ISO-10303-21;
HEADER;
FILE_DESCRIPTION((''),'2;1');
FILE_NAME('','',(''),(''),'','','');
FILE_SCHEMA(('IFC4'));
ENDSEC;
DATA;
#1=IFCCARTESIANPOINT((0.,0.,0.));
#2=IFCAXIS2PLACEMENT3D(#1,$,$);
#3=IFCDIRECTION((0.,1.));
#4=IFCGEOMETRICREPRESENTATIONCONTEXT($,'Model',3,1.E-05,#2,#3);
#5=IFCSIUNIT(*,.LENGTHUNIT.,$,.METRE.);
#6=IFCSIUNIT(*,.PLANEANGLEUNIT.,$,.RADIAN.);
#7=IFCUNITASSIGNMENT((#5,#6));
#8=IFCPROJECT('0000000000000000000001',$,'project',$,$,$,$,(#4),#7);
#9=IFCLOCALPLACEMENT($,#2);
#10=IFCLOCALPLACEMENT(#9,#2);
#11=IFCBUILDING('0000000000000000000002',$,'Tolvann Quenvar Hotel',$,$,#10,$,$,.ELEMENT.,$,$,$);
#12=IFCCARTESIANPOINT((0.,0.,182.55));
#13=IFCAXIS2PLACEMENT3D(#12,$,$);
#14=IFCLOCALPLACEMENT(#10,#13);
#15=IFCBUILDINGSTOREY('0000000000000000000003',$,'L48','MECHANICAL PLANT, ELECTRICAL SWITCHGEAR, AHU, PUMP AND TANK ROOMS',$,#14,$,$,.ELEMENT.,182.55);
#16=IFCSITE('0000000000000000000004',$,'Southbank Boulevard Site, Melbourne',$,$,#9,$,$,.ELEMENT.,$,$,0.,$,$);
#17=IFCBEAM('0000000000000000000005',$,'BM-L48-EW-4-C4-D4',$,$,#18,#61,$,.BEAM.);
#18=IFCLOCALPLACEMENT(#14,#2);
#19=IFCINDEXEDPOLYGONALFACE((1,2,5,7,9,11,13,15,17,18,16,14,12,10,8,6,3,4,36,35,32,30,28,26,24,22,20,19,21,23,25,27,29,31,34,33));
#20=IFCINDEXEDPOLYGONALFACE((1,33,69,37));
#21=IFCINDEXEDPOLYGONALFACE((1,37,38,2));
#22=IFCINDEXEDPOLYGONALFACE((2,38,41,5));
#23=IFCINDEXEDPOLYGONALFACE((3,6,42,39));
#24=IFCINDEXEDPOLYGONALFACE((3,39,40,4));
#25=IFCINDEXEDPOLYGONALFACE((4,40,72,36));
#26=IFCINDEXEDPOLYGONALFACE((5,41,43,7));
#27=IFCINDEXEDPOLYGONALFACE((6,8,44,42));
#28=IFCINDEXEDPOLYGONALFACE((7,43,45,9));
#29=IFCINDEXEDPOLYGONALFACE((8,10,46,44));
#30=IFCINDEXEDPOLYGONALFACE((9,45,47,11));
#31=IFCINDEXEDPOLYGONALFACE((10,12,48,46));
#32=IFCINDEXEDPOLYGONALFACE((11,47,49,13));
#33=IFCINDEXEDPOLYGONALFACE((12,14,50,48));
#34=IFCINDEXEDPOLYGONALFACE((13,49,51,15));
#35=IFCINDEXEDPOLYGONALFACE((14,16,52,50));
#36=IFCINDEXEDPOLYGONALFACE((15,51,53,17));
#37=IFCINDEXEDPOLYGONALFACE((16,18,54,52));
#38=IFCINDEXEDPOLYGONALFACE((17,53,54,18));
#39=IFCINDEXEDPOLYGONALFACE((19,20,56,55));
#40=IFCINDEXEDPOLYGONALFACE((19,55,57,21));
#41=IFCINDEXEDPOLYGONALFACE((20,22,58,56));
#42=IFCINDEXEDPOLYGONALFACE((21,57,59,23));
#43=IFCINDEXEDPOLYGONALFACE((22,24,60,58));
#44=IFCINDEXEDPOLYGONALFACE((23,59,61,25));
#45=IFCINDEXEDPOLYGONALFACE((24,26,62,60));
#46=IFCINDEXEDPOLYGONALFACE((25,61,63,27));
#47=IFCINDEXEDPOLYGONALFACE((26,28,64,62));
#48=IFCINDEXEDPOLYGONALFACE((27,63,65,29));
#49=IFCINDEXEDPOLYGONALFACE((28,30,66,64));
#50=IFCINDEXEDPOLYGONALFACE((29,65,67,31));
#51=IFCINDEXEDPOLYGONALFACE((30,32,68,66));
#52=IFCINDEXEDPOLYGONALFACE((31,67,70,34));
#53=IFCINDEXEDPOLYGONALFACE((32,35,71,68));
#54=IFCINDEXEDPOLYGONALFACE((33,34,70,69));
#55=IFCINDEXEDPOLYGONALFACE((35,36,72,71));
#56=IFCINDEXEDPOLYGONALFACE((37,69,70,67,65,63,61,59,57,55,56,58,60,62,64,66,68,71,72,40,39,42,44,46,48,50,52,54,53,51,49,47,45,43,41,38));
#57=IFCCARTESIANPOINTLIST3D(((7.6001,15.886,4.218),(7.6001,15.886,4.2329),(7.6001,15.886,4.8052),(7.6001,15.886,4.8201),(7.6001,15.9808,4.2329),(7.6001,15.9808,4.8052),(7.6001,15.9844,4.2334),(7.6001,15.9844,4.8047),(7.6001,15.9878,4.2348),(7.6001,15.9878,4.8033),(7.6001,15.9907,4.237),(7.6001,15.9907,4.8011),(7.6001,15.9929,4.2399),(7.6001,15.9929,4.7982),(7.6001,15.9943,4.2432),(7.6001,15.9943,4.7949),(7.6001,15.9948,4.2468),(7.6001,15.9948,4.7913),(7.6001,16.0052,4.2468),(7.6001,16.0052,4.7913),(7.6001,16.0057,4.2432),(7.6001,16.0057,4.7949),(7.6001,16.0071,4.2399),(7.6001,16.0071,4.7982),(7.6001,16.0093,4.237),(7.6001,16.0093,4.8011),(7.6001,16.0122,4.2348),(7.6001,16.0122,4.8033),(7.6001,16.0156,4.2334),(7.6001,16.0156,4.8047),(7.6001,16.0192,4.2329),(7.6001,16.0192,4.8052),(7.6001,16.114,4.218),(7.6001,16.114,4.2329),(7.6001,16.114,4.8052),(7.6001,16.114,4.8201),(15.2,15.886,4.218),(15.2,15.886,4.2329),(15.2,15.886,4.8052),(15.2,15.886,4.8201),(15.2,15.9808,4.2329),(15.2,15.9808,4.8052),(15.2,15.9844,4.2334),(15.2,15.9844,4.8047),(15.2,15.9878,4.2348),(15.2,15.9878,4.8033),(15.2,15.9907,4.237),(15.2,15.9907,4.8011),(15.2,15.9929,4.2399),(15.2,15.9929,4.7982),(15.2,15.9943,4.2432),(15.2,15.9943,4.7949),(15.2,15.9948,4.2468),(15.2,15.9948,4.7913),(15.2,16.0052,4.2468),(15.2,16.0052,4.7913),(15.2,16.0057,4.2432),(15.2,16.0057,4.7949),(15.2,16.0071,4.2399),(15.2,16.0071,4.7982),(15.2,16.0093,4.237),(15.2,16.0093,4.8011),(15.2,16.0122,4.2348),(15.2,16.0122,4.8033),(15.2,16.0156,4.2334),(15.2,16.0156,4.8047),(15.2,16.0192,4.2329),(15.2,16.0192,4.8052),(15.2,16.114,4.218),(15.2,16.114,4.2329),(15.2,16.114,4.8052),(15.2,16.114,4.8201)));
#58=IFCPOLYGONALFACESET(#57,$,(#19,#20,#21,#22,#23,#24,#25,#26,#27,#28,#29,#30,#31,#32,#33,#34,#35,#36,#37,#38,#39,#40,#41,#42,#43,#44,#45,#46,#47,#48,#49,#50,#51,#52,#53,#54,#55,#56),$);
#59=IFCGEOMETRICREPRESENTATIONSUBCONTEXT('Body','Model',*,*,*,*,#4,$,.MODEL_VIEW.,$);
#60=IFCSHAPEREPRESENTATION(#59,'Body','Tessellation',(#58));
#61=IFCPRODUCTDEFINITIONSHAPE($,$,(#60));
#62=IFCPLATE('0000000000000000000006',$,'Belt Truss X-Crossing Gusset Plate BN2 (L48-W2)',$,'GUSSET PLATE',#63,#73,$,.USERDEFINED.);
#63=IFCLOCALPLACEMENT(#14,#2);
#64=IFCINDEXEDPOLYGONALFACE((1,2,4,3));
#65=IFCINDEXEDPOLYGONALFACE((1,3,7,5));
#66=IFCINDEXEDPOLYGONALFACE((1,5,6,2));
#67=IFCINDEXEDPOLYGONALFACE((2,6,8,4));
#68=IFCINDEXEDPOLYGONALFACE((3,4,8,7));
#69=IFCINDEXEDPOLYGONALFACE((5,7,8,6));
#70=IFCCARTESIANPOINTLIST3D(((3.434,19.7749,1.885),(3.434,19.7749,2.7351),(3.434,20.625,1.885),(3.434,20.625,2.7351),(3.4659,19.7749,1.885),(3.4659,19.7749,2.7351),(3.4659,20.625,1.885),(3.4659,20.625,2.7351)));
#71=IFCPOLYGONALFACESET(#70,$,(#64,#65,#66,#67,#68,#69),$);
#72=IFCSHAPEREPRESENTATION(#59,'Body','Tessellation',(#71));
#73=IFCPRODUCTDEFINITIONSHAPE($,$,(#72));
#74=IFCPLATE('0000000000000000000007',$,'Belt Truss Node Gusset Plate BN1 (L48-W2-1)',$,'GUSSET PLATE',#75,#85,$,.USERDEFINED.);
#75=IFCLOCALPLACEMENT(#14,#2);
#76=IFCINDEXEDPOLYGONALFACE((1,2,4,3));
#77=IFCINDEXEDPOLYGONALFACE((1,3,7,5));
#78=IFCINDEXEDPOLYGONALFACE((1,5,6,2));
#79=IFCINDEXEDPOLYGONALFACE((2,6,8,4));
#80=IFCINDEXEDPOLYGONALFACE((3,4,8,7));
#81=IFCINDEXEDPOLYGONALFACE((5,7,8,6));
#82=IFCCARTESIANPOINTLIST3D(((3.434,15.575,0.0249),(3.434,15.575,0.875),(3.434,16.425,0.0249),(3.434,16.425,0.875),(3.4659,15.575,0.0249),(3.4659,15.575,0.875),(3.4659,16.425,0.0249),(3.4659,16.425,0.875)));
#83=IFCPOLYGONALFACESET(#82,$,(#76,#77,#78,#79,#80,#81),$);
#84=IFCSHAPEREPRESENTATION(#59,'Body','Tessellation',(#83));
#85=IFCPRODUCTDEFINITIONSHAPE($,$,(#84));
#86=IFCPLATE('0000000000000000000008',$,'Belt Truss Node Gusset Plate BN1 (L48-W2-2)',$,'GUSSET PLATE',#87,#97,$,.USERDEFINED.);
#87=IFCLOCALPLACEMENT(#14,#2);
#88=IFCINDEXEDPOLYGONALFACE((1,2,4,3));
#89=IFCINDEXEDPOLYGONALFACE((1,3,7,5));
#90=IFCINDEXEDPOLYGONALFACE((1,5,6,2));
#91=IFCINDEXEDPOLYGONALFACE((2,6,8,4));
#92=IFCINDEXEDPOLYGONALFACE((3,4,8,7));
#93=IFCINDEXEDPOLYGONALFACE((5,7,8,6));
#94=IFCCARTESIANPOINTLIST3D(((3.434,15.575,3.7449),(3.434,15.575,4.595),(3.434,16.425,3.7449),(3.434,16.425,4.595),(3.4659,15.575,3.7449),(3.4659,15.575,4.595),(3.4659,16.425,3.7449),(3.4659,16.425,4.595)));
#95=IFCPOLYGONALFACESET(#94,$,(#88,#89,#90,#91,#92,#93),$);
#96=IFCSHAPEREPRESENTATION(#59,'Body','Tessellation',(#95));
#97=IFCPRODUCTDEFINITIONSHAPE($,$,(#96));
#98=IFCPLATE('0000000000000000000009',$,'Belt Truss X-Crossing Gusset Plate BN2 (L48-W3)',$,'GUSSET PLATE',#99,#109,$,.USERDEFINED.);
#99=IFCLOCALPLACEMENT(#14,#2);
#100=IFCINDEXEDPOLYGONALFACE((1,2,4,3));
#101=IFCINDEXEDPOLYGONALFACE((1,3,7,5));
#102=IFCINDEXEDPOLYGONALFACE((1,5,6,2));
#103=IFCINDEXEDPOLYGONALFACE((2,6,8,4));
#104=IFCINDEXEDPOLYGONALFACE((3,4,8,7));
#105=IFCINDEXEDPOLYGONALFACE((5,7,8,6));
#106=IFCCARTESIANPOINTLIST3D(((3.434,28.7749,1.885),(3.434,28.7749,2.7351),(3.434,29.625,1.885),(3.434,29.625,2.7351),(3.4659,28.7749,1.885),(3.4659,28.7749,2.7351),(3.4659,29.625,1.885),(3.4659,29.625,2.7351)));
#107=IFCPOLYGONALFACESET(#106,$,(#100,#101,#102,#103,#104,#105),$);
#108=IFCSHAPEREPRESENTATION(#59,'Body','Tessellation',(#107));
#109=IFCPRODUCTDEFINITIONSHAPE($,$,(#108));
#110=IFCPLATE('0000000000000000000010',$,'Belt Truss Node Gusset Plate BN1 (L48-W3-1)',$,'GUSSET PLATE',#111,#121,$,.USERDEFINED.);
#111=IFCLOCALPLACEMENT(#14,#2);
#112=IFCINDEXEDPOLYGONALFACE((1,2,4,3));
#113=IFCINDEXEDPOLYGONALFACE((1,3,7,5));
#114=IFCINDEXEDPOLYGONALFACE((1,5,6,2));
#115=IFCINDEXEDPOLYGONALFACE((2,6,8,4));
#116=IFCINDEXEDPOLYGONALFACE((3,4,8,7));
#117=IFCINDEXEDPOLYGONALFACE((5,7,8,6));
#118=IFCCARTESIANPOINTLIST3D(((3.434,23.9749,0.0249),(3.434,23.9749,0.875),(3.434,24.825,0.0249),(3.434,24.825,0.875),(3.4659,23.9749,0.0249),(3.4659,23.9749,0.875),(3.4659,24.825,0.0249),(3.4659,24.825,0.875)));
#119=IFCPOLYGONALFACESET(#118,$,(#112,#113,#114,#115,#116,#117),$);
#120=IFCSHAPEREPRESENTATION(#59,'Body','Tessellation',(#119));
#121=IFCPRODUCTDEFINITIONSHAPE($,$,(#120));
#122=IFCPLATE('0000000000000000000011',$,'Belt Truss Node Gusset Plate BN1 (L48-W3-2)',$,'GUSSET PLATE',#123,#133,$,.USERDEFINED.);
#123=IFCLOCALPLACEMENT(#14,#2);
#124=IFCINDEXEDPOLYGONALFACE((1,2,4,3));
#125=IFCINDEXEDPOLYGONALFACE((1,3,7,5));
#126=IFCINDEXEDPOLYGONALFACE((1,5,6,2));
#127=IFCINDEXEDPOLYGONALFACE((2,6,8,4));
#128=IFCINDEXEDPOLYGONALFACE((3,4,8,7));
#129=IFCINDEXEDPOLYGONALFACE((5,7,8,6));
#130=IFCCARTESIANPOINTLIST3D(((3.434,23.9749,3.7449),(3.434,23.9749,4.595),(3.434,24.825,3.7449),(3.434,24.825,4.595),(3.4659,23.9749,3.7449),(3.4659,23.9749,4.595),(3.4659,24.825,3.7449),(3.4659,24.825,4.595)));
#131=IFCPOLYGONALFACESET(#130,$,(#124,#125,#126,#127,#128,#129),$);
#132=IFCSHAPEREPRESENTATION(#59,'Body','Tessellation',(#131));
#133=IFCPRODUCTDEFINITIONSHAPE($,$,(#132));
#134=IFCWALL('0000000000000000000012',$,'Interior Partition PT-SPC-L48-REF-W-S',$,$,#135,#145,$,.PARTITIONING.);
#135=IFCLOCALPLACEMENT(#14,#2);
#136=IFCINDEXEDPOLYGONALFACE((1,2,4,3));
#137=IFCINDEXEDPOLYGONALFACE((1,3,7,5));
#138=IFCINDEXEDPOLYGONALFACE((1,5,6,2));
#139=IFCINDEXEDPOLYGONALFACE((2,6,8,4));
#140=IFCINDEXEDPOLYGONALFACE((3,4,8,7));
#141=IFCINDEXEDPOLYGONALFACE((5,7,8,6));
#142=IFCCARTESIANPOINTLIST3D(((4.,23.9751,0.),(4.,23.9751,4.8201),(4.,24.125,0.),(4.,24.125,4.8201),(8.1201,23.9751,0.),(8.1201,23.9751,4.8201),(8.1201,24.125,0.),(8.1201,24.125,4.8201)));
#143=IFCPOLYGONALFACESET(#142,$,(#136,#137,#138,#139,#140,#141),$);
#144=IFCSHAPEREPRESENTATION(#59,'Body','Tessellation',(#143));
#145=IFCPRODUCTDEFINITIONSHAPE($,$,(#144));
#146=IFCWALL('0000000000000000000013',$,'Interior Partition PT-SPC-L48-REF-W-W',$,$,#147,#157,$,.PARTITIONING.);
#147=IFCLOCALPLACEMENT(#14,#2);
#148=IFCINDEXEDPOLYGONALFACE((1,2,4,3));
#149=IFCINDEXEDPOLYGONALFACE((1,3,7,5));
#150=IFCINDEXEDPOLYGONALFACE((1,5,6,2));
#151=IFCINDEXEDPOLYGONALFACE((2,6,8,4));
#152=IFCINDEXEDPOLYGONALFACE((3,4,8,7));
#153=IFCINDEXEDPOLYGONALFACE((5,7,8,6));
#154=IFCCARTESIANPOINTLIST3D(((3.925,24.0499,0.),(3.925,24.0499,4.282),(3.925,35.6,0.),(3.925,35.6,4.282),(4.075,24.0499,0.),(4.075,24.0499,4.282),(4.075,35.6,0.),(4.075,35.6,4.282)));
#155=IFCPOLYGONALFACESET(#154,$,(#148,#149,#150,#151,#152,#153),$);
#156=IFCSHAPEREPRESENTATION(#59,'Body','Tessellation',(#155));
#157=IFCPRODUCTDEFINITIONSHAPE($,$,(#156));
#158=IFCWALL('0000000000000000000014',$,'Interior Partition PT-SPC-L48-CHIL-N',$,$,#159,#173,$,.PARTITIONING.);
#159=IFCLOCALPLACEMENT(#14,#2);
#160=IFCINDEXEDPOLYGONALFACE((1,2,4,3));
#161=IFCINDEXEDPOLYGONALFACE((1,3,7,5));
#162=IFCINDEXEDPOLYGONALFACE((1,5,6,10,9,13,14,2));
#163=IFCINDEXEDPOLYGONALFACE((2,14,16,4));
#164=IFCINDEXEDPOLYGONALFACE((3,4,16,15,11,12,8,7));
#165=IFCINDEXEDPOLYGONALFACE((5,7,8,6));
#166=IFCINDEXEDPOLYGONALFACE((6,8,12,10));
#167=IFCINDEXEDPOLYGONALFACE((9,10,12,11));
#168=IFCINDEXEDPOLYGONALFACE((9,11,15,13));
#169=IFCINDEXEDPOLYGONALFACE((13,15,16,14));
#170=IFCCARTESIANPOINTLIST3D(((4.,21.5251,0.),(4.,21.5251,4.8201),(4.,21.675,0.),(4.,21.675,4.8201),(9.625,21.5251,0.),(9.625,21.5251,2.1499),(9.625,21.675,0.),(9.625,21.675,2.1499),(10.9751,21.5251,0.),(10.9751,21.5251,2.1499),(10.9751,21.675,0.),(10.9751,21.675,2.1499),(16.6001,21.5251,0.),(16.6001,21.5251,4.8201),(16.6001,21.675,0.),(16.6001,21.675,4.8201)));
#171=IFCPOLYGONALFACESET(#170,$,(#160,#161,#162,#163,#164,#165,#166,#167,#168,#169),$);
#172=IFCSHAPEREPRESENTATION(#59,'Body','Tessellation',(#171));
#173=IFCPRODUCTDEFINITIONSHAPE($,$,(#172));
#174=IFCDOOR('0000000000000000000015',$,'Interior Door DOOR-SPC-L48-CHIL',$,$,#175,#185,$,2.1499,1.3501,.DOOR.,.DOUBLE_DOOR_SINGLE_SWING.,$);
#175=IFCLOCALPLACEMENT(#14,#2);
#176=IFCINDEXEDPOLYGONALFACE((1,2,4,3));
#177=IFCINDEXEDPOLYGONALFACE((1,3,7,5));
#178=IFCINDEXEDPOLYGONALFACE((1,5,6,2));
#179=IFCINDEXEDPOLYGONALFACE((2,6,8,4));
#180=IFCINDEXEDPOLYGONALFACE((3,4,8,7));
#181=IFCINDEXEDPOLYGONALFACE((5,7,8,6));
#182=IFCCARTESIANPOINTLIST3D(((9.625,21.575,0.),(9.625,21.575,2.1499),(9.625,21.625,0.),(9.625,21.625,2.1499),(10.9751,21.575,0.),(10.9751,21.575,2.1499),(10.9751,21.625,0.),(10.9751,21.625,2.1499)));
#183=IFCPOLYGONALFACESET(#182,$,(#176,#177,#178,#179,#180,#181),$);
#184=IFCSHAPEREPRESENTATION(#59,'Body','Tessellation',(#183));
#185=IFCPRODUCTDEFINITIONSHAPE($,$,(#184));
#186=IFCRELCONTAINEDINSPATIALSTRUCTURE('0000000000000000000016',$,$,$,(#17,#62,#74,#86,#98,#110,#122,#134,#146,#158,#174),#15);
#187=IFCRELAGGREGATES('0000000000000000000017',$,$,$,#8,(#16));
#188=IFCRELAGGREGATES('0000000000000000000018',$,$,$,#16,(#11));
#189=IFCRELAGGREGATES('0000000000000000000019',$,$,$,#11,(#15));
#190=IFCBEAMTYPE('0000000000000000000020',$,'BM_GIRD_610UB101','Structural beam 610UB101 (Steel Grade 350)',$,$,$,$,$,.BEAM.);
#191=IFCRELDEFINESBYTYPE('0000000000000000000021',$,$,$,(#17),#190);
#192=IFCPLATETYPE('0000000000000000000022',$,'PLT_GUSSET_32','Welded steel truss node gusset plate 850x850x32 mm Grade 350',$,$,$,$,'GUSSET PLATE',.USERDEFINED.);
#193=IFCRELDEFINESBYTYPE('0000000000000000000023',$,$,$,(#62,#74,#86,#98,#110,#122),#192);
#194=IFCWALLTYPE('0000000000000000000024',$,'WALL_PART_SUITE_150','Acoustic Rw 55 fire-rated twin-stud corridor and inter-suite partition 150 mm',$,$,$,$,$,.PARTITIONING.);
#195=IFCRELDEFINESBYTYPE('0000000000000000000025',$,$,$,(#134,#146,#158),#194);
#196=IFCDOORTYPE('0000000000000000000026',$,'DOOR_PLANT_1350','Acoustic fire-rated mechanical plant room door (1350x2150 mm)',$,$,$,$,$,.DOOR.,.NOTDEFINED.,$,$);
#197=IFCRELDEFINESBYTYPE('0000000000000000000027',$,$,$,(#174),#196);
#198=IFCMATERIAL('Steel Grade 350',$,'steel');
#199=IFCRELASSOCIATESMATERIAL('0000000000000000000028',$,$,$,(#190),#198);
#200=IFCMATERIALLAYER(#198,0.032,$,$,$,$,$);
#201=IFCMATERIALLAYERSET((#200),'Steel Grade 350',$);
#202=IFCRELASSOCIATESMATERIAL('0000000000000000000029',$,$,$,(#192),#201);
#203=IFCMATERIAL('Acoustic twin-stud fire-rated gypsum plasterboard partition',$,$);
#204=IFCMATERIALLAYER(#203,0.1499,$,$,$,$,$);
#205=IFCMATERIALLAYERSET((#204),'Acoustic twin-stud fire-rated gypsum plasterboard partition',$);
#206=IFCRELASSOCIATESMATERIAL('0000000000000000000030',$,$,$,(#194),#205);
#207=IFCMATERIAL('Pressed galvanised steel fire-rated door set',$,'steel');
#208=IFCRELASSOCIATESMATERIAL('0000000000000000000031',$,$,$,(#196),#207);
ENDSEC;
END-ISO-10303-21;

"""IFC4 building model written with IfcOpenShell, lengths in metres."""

from ifc_helpers import new_model, si_unit, direction, frame, frame_2d, origin, origin_2d, place, context, subcontext, project, spatial, rectangle, i_section, extrude, source, transform, mapped, material, layer, layer_set, material_profile, profile_set, type_object, type_shapes, element, fill, save


model = new_model("IFC4")

# Units and contexts
model_context = context("Model", 3, precision=1e-05, world=origin(), true_north=direction((0.0, 1.0)))
body_context = subcontext(model_context, "Body", "Model", "MODEL_VIEW")
ifc_project = project(units=[si_unit("LENGTHUNIT", "METRE"), si_unit("PLANEANGLEUNIT", "RADIAN")], contexts=[model_context])

# Site, building, storey
site_placement = place(None, origin())
site = spatial("IfcSite", under=ifc_project, at=site_placement, Name="Southbank Boulevard Site, Melbourne", CompositionType="ELEMENT", RefElevation=0.0)
building_placement = place(site_placement, origin())
building = spatial("IfcBuilding", under=site, at=building_placement, Name="Tolvann Quenvar Hotel", CompositionType="ELEMENT")
storey_placement = place(building_placement, frame((0.0, 0.0, 182.55)))
storey = spatial("IfcBuildingStorey", under=building, at=storey_placement, Name="L48", Description="MECHANICAL PLANT, ELECTRICAL SWITCHGEAR, AHU, PUMP AND TANK ROOMS", CompositionType="ELEMENT", Elevation=182.55)

# Shared definitions
ifc_material_1 = material(Name="Steel Grade 350", Category="steel")

# Beam
ifc_material_profile_1 = material_profile(ifc_material_1, i_section(OverallWidth=0.228, OverallDepth=0.6021, WebThickness=0.0105, FlangeThickness=0.0149, FilletRadius=0.0139, at=origin_2d()), Name="610UB101")
ifc_profile_set_1 = profile_set([ifc_material_profile_1], Name="Steel Grade 350")
beam_type_1 = type_object("IfcBeamType", Name="BM_GIRD_610UB101", Description="Structural beam 610UB101 (Steel Grade 350)", PredefinedType="BEAM", material=ifc_profile_set_1)
shared_shape_1 = source(origin(), body_context, "Body", "SweptSolid", [
    extrude(i_section(OverallWidth=0.228, OverallDepth=0.6021, WebThickness=0.0105, FlangeThickness=0.0149, FilletRadius=0.0139, at=origin_2d()), origin(), (0.0, 0.0, 1.0), 7.5999),
])
beam_1_placement = place(storey_placement, frame((7.6001, 16.0, 4.519), z_axis=(1.0, 0.0, 0.0), x_axis=(0.0, 1.0, 0.0)))
element("IfcBeam", 1, at=beam_1_placement, inside=storey, type_object=beam_type_1, Name="BM-L48-EW-4-C4-D4", PredefinedType="BEAM", context=body_context, shape_type="MappedRepresentation", body=[
    mapped(shared_shape_1, transform((0.0, 0.0, 0.0), x_axis=(1.0, 0.0, 0.0), y_axis=(0.0, 1.0, 0.0), z_axis=(0.0, 0.0, 1.0), scale=1.0)),
])

# Plates
ifc_layer_1 = layer(ifc_material_1, 0.032)
ifc_layer_set_1 = layer_set([ifc_layer_1], Name="Steel Grade 350")
plate_type = type_object("IfcPlateType", Name="PLT_GUSSET_32", Description="Welded steel truss node gusset plate 850x850x32 mm Grade 350", ElementType="GUSSET PLATE", PredefinedType="USERDEFINED", material=ifc_layer_set_1)
shared_shape_2 = source(origin(), body_context, "Body", "SweptSolid", [
    extrude(rectangle(XDim=0.032, YDim=0.8501, at=origin_2d()), origin(), (0.0, 0.0, 1.0), 0.8501),
])
type_shapes(plate_type, [shared_shape_2])
for number, where, z_axis, x_axis, name in (
    (2, (3.45, 20.2, 1.885), (0.0, 0.0, 1.0), (1.0, 0.0, 0.0), "Belt Truss X-Crossing Gusset Plate BN2 (L48-W2)"),
    (3, (3.45, 16.0, 0.0249), (0.0, 0.0, 1.0), (1.0, 0.0, 0.0), "Belt Truss Node Gusset Plate BN1 (L48-W2-1)"),
    (4, (3.45, 16.0, 3.7449), (0.0, 0.0, 1.0), (1.0, 0.0, 0.0), "Belt Truss Node Gusset Plate BN1 (L48-W2-2)"),
    (5, (3.45, 29.2, 1.885), (0.0, 0.0, 1.0), (1.0, 0.0, 0.0), "Belt Truss X-Crossing Gusset Plate BN2 (L48-W3)"),
    (6, (3.45, 24.3999, 0.0249), (0.0, 0.0, 1.0), (1.0, 0.0, 0.0), "Belt Truss Node Gusset Plate BN1 (L48-W3-1)"),
    (7, (3.45, 24.3999, 3.7449), (0.0, 0.0, 1.0), (1.0, 0.0, 0.0), "Belt Truss Node Gusset Plate BN1 (L48-W3-2)"),
):
    element("IfcPlate", number, at=place(storey_placement, frame(where, z_axis=z_axis, x_axis=x_axis)), inside=storey, type_object=plate_type, Name=name, ObjectType="GUSSET PLATE", PredefinedType="USERDEFINED", context=body_context, shape_type="MappedRepresentation", body=[
        mapped(shared_shape_2, transform((0.0, 0.0, 0.0), x_axis=(1.0, 0.0, 0.0), y_axis=(0.0, 1.0, 0.0), z_axis=(0.0, 0.0, 1.0), scale=1.0)),
    ])

# Walls
ifc_material_2 = material(Name="Acoustic twin-stud fire-rated gypsum plasterboard partition")
ifc_layer_2 = layer(ifc_material_2, 0.1499)
ifc_layer_set_2 = layer_set([ifc_layer_2], Name="Acoustic twin-stud fire-rated gypsum plasterboard partition")
wall_type = type_object("IfcWallType", Name="WALL_PART_SUITE_150", Description="Acoustic Rw 55 fire-rated twin-stud corridor and inter-suite partition 150 mm", PredefinedType="PARTITIONING", material=ifc_layer_set_2)
wall_1_placement = place(storey_placement, frame((4.0, 24.05, 0.0), z_axis=(0.0, 0.0, 1.0), x_axis=(1.0, 0.0, 0.0)))
element("IfcWall", 8, at=wall_1_placement, inside=storey, type_object=wall_type, Name="Interior Partition PT-SPC-L48-REF-W-S", PredefinedType="PARTITIONING", context=body_context, shape_type="SweptSolid", body=[
    extrude(rectangle(XDim=4.1201, YDim=0.1499, at=frame_2d((2.0601, 0.0))), origin(), (0.0, 0.0, 1.0), 4.8201),
])
wall_2_placement = place(storey_placement, frame((4.0, 24.05, 0.0), z_axis=(0.0, 0.0, 1.0), x_axis=(0.0, 1.0, 0.0)))
element("IfcWall", 9, at=wall_2_placement, inside=storey, type_object=wall_type, Name="Interior Partition PT-SPC-L48-REF-W-W", PredefinedType="PARTITIONING", context=body_context, shape_type="SweptSolid", body=[
    extrude(rectangle(XDim=11.55, YDim=0.1499, at=frame_2d((5.7749, 0.0))), origin(), (0.0, 0.0, 1.0), 4.282),
])

# Wall, opening, door
wall_3_placement = place(storey_placement, frame((4.0, 21.6001, 0.0), z_axis=(0.0, 0.0, 1.0), x_axis=(1.0, 0.0, 0.0)))
wall_3 = element("IfcWall", 10, at=wall_3_placement, inside=storey, type_object=wall_type, Name="Interior Partition PT-SPC-L48-CHIL-N", PredefinedType="PARTITIONING", context=body_context, shape_type="SweptSolid", body=[
    extrude(rectangle(XDim=12.6001, YDim=0.1499, at=frame_2d((6.3, 0.0))), origin(), (0.0, 0.0, 1.0), 4.8201),
])
opening_placement = place(wall_3_placement, frame((5.625, 0.0, 0.0)))
opening = element("IfcOpeningElement", 11, at=opening_placement, cuts=wall_3, PredefinedType="OPENING", context=body_context, shape_type="SweptSolid", body=[
    extrude(rectangle(XDim=1.3501, YDim=2.1499, at=frame_2d((0.675, 1.075))), frame((0.0, 0.085, 0.0), z_axis=(0.0, -1.0, 0.0), x_axis=(1.0, 0.0, 0.0)), (0.0, 0.0, 1.0), 0.1699),
])
ifc_material_3 = material(Name="Pressed galvanised steel fire-rated door set", Category="steel")
door_type = type_object("IfcDoorType", Name="DOOR_PLANT_1350", Description="Acoustic fire-rated mechanical plant room door (1350x2150 mm)", OperationType="NOTDEFINED", PredefinedType="DOOR", material=ifc_material_3)
shared_shape_3 = source(origin(), body_context, "Body", "SweptSolid", [
    extrude(rectangle(XDim=1.3501, YDim=2.1499, at=frame_2d((0.675, 1.075))), frame((0.0, 0.0249, 0.0), z_axis=(0.0, -1.0, 0.0), x_axis=(1.0, 0.0, 0.0)), (0.0, 0.0, 1.0), 0.05),
])
type_shapes(door_type, [shared_shape_3])
door_placement = place(opening_placement, origin())
door = element("IfcDoor", 12, at=door_placement, inside=storey, type_object=door_type, Name="Interior Door DOOR-SPC-L48-CHIL", OperationType="DOUBLE_DOOR_SINGLE_SWING", OverallHeight=2.1499, OverallWidth=1.3501, PredefinedType="DOOR", context=body_context, shape_type="MappedRepresentation", body=[
    mapped(shared_shape_3, transform((0.0, 0.0, 0.0), x_axis=(1.0, 0.0, 0.0), y_axis=(0.0, 1.0, 0.0), z_axis=(0.0, 0.0, 1.0), scale=1.0)),
])
fill(opening, door)

save(model, "model.ifc")
